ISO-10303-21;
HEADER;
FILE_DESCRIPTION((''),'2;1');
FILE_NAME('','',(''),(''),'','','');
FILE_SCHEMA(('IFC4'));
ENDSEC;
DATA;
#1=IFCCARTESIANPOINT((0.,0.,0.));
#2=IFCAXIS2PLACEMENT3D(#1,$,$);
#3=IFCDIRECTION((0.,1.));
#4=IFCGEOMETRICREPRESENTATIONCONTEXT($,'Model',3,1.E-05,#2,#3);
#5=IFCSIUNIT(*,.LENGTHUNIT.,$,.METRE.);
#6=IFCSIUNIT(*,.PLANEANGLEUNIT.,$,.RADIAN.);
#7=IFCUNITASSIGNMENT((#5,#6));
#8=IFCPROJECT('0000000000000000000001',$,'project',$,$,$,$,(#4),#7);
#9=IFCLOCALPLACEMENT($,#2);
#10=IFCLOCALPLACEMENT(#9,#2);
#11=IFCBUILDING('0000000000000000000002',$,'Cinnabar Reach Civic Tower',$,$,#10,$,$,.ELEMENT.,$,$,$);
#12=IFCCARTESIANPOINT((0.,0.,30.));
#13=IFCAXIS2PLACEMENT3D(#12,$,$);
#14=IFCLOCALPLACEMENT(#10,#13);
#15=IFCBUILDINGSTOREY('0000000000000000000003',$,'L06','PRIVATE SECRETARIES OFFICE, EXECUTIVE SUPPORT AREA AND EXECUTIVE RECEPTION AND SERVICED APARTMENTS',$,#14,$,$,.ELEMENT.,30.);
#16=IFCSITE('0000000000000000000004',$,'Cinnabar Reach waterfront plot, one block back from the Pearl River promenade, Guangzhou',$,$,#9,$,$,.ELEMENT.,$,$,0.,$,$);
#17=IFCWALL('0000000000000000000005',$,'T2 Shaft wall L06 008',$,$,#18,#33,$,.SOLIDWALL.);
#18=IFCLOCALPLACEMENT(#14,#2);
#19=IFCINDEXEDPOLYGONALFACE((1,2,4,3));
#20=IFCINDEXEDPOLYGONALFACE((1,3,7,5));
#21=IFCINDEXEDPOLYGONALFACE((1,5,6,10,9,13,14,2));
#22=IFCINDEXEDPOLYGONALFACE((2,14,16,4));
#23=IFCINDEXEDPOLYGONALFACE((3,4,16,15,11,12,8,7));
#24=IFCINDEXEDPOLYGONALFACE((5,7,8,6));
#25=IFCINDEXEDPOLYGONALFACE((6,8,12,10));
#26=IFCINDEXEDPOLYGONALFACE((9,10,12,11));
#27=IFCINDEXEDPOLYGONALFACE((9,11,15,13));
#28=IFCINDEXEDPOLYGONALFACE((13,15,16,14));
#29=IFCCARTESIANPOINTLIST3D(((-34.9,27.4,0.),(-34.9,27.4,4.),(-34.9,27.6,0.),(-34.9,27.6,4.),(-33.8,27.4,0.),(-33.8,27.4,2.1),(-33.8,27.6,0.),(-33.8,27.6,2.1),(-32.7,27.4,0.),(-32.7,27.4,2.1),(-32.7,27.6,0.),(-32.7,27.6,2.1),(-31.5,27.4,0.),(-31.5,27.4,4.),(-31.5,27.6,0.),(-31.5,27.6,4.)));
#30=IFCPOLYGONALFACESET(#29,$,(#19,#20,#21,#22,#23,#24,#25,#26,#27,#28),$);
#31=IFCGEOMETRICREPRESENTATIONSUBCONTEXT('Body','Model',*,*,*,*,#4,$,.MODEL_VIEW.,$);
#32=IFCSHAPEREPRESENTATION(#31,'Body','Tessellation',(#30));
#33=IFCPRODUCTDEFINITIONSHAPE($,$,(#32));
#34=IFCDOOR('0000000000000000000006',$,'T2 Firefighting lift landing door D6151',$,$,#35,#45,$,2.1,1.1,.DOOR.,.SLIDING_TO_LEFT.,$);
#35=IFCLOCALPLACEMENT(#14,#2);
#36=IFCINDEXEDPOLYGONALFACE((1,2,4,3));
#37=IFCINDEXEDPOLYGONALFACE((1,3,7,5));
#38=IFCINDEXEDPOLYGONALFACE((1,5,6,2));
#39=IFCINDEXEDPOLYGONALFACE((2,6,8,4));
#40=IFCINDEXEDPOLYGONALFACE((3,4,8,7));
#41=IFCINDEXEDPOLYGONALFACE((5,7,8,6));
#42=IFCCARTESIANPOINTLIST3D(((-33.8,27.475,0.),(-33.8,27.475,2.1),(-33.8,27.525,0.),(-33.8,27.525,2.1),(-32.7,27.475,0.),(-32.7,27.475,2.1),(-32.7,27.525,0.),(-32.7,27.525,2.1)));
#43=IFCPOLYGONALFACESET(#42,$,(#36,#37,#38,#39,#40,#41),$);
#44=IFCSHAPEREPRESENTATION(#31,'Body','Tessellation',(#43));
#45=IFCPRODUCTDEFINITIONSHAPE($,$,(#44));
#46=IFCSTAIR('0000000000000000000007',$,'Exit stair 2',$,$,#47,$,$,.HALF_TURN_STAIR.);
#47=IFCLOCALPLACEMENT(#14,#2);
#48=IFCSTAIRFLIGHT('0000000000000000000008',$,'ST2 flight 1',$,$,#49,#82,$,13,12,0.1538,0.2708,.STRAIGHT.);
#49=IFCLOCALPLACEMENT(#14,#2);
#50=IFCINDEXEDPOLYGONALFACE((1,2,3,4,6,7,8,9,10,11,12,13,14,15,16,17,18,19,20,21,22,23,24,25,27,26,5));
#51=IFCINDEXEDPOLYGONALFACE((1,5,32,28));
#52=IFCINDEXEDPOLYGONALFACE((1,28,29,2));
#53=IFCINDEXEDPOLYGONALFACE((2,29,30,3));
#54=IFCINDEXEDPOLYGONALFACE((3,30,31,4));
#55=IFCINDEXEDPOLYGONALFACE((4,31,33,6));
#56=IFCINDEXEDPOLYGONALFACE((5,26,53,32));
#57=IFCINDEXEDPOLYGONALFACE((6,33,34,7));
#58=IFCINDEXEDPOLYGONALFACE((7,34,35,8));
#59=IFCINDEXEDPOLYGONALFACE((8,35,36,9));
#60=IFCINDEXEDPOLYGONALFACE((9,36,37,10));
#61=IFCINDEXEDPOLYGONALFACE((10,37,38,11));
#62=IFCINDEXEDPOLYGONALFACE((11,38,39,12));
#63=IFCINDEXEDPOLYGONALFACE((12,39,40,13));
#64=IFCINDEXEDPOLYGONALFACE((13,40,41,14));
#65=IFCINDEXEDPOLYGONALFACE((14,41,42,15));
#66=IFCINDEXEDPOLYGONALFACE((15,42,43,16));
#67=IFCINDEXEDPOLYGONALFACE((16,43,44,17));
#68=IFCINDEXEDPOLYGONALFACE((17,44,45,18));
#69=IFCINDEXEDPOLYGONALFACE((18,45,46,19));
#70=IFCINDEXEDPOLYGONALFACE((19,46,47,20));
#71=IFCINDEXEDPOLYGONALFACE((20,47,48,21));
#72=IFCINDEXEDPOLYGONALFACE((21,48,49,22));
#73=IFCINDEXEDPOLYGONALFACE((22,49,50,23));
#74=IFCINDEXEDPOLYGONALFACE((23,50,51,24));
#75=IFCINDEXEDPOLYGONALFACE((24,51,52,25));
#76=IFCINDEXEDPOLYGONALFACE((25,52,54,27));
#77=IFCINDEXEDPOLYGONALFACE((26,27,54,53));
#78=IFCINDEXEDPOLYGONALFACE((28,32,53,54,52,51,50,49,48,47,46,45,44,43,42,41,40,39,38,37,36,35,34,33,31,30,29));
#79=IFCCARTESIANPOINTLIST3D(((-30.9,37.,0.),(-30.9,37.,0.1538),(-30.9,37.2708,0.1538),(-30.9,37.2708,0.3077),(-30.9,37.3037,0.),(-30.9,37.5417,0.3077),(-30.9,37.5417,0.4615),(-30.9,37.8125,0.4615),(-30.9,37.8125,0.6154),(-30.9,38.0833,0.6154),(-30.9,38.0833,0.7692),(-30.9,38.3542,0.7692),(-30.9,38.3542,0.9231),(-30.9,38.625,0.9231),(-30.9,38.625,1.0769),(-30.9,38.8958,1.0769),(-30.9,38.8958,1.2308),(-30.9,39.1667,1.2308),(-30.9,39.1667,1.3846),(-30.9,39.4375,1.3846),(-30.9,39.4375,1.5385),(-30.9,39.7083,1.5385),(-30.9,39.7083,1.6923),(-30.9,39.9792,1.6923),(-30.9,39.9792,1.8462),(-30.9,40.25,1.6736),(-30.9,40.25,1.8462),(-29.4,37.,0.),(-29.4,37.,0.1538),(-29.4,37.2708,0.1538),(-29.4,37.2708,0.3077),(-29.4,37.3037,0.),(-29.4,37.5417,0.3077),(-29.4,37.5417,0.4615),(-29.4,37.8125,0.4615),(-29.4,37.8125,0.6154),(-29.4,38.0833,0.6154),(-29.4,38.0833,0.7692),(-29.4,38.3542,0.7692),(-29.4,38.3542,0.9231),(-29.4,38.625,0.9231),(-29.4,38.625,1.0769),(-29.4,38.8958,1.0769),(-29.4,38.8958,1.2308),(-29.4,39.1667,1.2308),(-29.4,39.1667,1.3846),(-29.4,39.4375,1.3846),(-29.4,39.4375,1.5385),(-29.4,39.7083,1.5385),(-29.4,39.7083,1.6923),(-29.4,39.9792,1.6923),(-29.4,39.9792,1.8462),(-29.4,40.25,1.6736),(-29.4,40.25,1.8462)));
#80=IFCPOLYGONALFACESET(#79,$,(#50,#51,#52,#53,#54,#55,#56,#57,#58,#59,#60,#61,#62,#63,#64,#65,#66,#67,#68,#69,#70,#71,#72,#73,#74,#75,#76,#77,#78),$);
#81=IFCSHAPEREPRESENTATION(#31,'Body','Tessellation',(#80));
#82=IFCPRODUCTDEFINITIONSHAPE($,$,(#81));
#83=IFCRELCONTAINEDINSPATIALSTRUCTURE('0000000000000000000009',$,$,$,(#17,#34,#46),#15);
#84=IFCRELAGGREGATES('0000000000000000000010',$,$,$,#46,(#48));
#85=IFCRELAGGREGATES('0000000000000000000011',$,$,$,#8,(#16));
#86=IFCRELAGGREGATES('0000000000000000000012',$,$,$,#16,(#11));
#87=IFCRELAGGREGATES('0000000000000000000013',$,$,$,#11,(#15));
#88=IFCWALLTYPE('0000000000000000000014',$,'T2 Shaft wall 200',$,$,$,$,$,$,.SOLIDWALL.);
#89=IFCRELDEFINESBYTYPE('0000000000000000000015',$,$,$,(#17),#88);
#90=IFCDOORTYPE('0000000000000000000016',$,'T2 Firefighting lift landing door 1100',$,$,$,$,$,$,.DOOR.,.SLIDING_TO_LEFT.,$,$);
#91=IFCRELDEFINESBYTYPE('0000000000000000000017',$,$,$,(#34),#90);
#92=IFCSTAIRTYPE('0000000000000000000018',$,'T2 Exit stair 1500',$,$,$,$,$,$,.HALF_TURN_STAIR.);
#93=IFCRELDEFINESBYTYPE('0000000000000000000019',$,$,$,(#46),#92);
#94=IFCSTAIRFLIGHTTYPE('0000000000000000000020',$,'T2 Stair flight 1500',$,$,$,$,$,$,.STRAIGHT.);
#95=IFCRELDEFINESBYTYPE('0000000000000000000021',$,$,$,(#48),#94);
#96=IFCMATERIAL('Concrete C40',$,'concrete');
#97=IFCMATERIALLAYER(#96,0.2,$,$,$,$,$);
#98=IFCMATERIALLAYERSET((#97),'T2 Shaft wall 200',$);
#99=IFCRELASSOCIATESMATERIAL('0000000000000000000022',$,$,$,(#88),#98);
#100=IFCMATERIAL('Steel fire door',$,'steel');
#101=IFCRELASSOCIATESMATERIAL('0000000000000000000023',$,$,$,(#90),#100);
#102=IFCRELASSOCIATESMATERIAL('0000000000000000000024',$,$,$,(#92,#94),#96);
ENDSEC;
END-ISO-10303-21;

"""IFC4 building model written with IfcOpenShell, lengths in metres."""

from ifc_helpers import new_model, si_unit, direction, frame, frame_2d, origin, place, context, subcontext, project, spatial, polyline, rectangle, outline, extrude, material, layer, layer_set, type_object, element, fill, aggregate, save


model = new_model("IFC4")

# Units and contexts
model_context = context("Model", 3, precision=1e-05, world=origin(), true_north=direction((0.0, 1.0)))
body_context = subcontext(model_context, "Body", "Model", "MODEL_VIEW")
ifc_project = project(units=[si_unit("LENGTHUNIT", "METRE"), si_unit("PLANEANGLEUNIT", "RADIAN")], contexts=[model_context])

# Site, building, storey
site_placement = place(None, origin())
site = spatial("IfcSite", under=ifc_project, at=site_placement, Name="Cinnabar Reach waterfront plot, one block back from the Pearl River promenade, Guangzhou", CompositionType="ELEMENT", RefElevation=0.0)
building_placement = place(site_placement, origin())
building = spatial("IfcBuilding", under=site, at=building_placement, Name="Cinnabar Reach Civic Tower", CompositionType="ELEMENT")
storey_placement = place(building_placement, frame((0.0, 0.0, 30.0)))
storey = spatial("IfcBuildingStorey", under=building, at=storey_placement, Name="L06", Description="PRIVATE SECRETARIES OFFICE, EXECUTIVE SUPPORT AREA AND EXECUTIVE RECEPTION AND SERVICED APARTMENTS", CompositionType="ELEMENT", Elevation=30.0)

# Shared definitions
ifc_material_1 = material(Name="Steel fire door", Category="steel")

# Shared definitions
ifc_material_2 = material(Name="Concrete C40", Category="concrete")
ifc_layer_1 = layer(ifc_material_2, 0.2)
ifc_layer_set_1 = layer_set([ifc_layer_1], Name="T2 Shaft wall 200")
wall_type_1 = type_object("IfcWallType", Name="T2 Shaft wall 200", PredefinedType="SOLIDWALL", material=ifc_layer_set_1)

# Wall, opening, door
wall_1_placement = place(storey_placement, frame((-34.9, 27.5, 0.0), z_axis=(0.0, 0.0, 1.0), x_axis=(1.0, 0.0, 0.0)))
wall_1 = element("IfcWall", 1, at=wall_1_placement, inside=storey, type_object=wall_type_1, Name="T2 Shaft wall L06 008", PredefinedType="SOLIDWALL", context=body_context, shape_type="SweptSolid", body=[
    extrude(rectangle(XDim=3.4, YDim=0.2, at=frame_2d((1.7, 0.0))), origin(), (0.0, 0.0, 1.0), 4.0),
])
opening_1_placement = place(wall_1_placement, frame((1.1, 0.0, 0.0)))
opening_1 = element("IfcOpeningElement", 2, at=opening_1_placement, cuts=wall_1, PredefinedType="OPENING", context=body_context, shape_type="SweptSolid", body=[
    extrude(rectangle(XDim=1.1, YDim=2.1, at=frame_2d((0.55, 1.05))), frame((0.0, 0.11, 0.0), z_axis=(0.0, -1.0, 0.0), x_axis=(1.0, 0.0, 0.0)), (0.0, 0.0, 1.0), 0.22),
])
door_type_1 = type_object("IfcDoorType", Name="T2 Firefighting lift landing door 1100", OperationType="SLIDING_TO_LEFT", PredefinedType="DOOR", material=ifc_material_1)
door_1_placement = place(opening_1_placement, origin())
door_1 = element("IfcDoor", 3, at=door_1_placement, inside=storey, type_object=door_type_1, Name="T2 Firefighting lift landing door D6151", OperationType="SLIDING_TO_LEFT", OverallHeight=2.1, OverallWidth=1.1, PredefinedType="DOOR", context=body_context, shape_type="SweptSolid", body=[
    extrude(rectangle(XDim=1.1, YDim=2.1, at=frame_2d((0.55, 1.05))), frame((0.0, 0.025, 0.0), z_axis=(0.0, -1.0, 0.0), x_axis=(1.0, 0.0, 0.0)), (0.0, 0.0, 1.0), 0.05),
])
fill(opening_1, door_1)

# Stair, stair flight
stair_type = type_object("IfcStairType", Name="T2 Exit stair 1500", PredefinedType="HALF_TURN_STAIR", material=ifc_material_2)
stair_placement = place(storey_placement, origin())
stair = element("IfcStair", 4, at=stair_placement, inside=storey, type_object=stair_type, Name="Exit stair 2", PredefinedType="HALF_TURN_STAIR")
stair_flight_type = type_object("IfcStairFlightType", Name="T2 Stair flight 1500", PredefinedType="STRAIGHT", material=ifc_material_2)
stair_flight_placement = place(storey_placement, frame((-30.15, 37.0, 0.0), z_axis=(0.0, 0.0, 1.0), x_axis=(0.0, 1.0, 0.0)))
stair_flight = element("IfcStairFlight", 5, at=stair_flight_placement, type_object=stair_flight_type, Name="ST2 flight 1", NumberOfRisers=13, NumberOfTreads=12, PredefinedType="STRAIGHT", RiserHeight=0.1538, TreadLength=0.2708, context=body_context, shape_type="SweptSolid", body=[
    extrude(outline(polyline([(0.0, 0.0), (0.0, 0.1538), (0.2708, 0.1538), (0.2708, 0.3077), (0.5417, 0.3077), (0.5417, 0.4615), (0.8125, 0.4615), (0.8125, 0.6154), (1.0833, 0.6154), (1.0833, 0.7692), (1.3542, 0.7692), (1.3542, 0.9231), (1.625, 0.9231), (1.625, 1.0769), (1.8958, 1.0769), (1.8958, 1.2308), (2.1667, 1.2308), (2.1667, 1.3846), (2.4375, 1.3846), (2.4375, 1.5385), (2.7083, 1.5385), (2.7083, 1.6923), (2.9792, 1.6923), (2.9792, 1.8462), (3.25, 1.8462), (3.25, 2.0), (3.25, 1.6736), (0.3037, 0.0), (0.0, 0.0)])), frame((0.0, 0.75, 0.0), z_axis=(0.0, -1.0, 0.0), x_axis=(1.0, 0.0, 0.0)), (0.0, 0.0, 1.0), 1.5),
])
aggregate(stair, [stair_flight])

save(model, "model.ifc")
